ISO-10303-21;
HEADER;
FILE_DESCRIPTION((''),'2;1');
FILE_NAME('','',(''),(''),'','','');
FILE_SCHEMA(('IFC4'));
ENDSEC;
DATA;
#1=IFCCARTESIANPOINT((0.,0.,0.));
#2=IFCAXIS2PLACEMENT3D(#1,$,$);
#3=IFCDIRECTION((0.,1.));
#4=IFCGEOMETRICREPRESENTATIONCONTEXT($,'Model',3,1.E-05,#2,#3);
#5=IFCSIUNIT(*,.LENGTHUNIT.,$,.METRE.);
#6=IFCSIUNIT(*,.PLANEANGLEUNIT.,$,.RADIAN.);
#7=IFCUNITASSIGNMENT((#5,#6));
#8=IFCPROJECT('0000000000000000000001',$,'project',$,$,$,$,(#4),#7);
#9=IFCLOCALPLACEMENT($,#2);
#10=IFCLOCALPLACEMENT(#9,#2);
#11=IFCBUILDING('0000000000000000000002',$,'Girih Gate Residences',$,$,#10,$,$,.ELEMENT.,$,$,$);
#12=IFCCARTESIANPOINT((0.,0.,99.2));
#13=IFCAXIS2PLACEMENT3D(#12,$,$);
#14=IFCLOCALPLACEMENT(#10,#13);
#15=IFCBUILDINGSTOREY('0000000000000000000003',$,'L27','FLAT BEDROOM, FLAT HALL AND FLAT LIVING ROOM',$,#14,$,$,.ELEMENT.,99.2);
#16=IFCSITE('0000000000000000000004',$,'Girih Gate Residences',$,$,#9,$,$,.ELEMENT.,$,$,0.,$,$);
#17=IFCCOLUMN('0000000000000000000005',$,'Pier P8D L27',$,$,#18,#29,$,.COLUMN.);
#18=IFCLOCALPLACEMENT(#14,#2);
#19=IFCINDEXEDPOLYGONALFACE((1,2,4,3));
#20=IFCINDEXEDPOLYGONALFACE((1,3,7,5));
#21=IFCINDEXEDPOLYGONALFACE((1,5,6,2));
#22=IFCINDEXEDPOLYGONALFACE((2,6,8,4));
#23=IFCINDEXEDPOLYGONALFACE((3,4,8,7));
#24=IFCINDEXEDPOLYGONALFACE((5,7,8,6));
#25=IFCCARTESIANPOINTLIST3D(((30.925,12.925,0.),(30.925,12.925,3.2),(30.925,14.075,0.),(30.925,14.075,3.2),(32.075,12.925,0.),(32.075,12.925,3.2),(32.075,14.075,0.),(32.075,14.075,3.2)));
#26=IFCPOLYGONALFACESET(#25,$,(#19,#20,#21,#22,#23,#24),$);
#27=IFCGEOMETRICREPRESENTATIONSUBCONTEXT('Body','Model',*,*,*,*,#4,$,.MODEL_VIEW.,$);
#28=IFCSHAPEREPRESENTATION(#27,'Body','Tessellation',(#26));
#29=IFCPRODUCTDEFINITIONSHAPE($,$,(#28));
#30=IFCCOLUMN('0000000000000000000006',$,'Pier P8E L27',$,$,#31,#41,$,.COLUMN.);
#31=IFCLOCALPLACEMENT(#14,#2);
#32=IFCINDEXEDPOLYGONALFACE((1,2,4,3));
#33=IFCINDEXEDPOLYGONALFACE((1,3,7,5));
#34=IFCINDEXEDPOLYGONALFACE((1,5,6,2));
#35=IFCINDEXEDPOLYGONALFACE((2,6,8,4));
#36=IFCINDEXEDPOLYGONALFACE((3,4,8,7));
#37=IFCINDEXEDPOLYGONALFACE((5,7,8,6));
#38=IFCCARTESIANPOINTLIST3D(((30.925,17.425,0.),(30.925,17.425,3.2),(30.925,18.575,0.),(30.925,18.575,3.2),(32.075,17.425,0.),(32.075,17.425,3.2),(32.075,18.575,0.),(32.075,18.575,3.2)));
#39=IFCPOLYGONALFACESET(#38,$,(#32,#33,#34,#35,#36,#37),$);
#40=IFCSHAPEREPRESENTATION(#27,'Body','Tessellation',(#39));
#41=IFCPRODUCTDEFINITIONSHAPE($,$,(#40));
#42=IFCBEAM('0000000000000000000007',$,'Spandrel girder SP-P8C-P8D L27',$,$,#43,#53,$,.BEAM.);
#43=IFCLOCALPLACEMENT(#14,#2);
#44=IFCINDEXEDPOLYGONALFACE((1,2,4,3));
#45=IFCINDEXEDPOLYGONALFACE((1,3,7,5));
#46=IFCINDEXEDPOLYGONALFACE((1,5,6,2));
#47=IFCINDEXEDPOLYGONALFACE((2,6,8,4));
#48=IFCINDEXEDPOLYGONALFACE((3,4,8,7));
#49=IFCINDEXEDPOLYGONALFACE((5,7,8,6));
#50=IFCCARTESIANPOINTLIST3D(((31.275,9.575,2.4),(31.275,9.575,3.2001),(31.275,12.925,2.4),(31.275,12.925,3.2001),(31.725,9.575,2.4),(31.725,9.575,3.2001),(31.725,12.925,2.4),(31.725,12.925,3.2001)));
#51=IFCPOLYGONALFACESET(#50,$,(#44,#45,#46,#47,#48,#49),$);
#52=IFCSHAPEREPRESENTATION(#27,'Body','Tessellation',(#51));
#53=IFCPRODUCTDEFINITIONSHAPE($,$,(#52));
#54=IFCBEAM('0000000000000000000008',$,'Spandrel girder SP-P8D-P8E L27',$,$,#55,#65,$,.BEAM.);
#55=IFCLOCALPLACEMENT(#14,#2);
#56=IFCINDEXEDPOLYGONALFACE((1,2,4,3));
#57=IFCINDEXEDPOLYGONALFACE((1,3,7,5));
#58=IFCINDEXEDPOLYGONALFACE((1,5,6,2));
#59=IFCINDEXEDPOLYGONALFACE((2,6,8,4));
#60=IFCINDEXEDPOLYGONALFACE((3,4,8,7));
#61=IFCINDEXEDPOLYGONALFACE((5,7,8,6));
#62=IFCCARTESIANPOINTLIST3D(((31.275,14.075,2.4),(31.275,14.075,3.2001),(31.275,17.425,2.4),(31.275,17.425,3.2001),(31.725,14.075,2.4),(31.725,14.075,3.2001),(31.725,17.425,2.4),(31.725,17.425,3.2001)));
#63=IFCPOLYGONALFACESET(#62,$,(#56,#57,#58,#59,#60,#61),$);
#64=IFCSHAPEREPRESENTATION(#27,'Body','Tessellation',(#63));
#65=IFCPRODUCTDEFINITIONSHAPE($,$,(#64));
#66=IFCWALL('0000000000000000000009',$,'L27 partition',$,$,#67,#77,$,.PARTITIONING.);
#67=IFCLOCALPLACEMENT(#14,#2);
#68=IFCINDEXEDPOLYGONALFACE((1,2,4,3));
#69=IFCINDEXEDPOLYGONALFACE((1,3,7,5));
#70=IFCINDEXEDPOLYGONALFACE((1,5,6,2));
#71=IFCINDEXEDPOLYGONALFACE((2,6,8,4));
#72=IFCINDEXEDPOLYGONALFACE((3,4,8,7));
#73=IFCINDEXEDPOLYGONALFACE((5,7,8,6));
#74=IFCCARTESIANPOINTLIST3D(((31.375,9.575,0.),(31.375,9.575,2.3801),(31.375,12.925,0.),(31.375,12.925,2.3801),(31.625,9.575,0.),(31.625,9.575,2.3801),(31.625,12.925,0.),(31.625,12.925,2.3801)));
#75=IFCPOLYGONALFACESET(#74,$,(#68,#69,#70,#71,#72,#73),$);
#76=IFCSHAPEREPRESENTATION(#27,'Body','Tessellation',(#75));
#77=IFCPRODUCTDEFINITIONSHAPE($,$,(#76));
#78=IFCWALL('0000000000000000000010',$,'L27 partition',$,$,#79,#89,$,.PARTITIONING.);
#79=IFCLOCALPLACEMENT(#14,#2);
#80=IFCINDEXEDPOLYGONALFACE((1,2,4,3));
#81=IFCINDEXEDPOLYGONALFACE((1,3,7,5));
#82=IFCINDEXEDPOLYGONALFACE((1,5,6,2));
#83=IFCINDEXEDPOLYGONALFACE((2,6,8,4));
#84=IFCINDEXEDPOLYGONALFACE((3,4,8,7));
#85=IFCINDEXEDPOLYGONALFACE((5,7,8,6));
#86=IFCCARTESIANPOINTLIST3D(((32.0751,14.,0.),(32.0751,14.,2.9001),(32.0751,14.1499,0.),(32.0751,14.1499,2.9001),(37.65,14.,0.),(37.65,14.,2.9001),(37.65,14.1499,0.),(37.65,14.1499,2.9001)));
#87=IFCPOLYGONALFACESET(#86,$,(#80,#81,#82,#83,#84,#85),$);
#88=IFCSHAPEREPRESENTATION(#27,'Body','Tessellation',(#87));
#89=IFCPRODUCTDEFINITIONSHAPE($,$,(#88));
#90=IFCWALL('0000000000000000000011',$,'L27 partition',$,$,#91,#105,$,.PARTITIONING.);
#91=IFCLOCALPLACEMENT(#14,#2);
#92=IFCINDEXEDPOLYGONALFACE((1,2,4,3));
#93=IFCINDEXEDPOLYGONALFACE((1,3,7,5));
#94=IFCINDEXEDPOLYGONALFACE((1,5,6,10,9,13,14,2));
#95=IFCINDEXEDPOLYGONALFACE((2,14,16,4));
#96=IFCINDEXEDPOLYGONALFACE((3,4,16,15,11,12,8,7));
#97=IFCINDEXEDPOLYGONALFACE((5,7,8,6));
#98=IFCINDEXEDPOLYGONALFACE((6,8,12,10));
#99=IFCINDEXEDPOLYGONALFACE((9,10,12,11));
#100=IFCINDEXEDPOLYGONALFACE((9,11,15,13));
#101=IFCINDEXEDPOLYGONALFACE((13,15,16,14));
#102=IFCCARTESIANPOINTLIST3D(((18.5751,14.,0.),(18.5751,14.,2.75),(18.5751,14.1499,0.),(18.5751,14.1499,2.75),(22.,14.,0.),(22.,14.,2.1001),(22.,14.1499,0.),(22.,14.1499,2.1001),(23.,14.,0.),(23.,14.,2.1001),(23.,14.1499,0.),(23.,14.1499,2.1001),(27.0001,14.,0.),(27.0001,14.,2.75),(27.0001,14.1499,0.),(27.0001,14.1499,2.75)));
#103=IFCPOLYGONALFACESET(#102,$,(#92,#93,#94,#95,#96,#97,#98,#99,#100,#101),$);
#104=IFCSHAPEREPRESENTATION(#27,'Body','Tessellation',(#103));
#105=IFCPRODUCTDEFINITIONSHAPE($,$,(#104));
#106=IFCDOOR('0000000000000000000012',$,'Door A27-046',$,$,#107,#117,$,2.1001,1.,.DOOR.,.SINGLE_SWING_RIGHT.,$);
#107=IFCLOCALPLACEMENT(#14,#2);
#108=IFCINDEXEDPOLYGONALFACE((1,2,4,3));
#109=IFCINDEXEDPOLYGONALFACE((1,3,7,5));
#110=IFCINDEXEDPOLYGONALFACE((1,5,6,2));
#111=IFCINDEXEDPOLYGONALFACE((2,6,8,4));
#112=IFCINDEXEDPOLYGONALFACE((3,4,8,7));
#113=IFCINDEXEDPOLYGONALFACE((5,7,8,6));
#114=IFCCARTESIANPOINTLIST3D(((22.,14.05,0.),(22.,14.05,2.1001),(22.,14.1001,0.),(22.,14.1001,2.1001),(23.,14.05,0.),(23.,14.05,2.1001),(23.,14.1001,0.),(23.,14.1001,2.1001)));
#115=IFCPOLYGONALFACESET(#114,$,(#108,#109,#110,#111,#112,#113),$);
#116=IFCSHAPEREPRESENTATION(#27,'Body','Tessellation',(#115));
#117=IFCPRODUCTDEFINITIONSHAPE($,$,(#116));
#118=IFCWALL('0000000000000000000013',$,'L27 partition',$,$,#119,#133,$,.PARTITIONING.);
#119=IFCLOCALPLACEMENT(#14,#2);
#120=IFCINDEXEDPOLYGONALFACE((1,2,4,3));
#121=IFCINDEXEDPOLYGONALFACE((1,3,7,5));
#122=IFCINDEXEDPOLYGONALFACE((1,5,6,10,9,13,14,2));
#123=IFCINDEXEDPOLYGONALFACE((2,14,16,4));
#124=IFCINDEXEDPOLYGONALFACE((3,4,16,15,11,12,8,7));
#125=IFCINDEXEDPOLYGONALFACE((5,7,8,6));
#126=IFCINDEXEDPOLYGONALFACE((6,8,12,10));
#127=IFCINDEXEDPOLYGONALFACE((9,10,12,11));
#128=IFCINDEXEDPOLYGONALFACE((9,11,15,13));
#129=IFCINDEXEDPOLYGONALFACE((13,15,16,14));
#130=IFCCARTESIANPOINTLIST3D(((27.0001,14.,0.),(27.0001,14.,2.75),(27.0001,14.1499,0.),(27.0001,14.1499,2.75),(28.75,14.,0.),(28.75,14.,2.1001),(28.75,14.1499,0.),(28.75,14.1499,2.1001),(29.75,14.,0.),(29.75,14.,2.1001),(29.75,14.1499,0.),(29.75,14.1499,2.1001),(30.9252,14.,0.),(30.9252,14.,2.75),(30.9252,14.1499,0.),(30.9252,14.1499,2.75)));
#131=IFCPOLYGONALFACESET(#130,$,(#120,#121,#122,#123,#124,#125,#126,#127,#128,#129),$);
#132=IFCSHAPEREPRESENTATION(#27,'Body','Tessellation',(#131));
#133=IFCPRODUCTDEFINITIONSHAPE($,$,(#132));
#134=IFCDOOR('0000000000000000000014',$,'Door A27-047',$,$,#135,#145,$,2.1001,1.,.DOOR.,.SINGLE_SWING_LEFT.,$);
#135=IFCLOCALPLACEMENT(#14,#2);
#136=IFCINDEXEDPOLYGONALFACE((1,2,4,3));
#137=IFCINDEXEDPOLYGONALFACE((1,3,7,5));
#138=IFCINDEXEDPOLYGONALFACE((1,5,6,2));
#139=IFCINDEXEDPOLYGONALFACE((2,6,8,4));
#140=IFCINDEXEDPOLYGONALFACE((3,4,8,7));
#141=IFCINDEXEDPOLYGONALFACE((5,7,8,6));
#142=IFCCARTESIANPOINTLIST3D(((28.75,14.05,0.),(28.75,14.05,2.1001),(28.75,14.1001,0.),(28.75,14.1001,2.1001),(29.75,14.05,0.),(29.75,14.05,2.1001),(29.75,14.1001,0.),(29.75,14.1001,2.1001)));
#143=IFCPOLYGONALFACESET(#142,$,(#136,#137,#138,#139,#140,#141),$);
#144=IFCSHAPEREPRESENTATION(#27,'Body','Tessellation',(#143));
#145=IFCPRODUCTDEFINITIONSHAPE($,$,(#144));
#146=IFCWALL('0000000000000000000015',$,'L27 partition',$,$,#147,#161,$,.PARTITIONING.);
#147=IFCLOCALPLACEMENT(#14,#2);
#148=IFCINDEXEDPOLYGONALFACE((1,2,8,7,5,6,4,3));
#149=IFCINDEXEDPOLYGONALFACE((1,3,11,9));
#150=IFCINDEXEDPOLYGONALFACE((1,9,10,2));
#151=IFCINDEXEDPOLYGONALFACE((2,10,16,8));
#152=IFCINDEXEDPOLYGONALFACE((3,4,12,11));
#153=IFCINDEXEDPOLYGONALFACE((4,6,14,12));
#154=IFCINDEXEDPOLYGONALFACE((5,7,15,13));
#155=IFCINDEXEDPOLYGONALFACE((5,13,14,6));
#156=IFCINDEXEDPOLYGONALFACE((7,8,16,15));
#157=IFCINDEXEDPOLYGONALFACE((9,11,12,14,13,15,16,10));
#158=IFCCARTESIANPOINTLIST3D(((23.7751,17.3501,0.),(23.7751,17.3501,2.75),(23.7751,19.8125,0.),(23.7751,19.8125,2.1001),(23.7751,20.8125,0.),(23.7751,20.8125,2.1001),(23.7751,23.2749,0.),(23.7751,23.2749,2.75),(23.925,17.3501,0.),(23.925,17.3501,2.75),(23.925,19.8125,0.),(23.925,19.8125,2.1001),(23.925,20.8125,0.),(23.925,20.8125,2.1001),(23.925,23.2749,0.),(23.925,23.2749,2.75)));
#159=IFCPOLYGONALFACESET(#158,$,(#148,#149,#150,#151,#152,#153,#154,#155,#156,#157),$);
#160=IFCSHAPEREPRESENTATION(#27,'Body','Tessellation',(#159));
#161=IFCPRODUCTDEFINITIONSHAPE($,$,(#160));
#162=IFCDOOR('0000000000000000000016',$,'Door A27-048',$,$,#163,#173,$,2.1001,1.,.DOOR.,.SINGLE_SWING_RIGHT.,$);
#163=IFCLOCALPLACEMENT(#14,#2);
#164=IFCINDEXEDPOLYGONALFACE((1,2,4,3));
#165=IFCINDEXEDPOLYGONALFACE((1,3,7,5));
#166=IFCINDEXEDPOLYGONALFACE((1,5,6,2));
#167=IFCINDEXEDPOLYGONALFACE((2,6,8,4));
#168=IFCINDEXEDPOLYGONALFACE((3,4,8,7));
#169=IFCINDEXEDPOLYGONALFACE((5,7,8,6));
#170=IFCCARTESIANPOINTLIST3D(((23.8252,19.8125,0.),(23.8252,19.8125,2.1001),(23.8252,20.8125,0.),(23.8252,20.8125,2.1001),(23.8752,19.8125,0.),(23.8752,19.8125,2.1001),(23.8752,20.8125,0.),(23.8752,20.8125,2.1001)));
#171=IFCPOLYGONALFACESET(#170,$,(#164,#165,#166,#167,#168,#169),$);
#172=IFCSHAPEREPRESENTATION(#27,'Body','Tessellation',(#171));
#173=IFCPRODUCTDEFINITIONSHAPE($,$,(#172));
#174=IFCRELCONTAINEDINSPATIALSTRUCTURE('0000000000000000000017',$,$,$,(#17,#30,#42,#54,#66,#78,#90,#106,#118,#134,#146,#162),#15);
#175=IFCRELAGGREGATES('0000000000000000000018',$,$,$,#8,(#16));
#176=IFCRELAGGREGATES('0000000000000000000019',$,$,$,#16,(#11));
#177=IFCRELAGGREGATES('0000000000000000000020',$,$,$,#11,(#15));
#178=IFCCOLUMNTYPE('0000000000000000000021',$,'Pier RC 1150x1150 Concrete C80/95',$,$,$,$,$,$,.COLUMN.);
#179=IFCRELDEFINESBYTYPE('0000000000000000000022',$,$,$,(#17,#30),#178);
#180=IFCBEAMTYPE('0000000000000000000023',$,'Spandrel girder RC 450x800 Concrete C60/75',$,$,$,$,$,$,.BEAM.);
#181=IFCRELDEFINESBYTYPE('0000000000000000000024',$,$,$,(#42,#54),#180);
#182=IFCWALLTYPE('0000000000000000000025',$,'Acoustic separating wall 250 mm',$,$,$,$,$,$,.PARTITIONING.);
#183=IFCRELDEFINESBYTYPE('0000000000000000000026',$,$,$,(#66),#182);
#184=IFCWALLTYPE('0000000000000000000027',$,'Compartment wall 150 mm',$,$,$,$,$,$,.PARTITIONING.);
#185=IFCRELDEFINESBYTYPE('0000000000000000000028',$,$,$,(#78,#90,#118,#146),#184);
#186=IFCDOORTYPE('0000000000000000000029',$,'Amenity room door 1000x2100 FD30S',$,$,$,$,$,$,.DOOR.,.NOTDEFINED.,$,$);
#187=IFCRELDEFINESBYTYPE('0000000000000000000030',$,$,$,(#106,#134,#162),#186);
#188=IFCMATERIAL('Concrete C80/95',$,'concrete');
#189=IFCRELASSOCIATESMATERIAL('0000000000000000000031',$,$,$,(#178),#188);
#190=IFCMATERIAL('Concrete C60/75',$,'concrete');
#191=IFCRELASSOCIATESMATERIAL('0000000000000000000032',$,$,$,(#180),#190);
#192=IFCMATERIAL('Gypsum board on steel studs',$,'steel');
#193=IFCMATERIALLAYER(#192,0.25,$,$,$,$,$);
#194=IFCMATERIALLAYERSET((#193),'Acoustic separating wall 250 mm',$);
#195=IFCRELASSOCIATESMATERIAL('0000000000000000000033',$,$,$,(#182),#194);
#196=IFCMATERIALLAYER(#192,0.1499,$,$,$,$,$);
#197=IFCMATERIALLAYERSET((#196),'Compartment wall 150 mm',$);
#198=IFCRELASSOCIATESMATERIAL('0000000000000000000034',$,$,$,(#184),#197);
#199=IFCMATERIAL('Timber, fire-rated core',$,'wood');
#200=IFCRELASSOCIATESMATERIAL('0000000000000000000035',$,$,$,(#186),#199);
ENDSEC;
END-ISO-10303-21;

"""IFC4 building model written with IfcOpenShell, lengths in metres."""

from ifc_helpers import new_model, si_unit, direction, frame, frame_2d, origin, origin_2d, place, context, subcontext, project, spatial, rectangle, extrude, material, layer, layer_set, material_profile, profile_set, type_object, element, fill, save


model = new_model("IFC4")

# Units and contexts
model_context = context("Model", 3, precision=1e-05, world=origin(), true_north=direction((0.0, 1.0)))
body_context = subcontext(model_context, "Body", "Model", "MODEL_VIEW")
ifc_project = project(units=[si_unit("LENGTHUNIT", "METRE"), si_unit("PLANEANGLEUNIT", "RADIAN")], contexts=[model_context])

# Site, building, storey
site_placement = place(None, origin())
site = spatial("IfcSite", under=ifc_project, at=site_placement, Name="Girih Gate Residences", CompositionType="ELEMENT", RefElevation=0.0)
building_placement = place(site_placement, origin())
building = spatial("IfcBuilding", under=site, at=building_placement, Name="Girih Gate Residences", CompositionType="ELEMENT")
storey_placement = place(building_placement, frame((0.0, 0.0, 99.2)))
storey = spatial("IfcBuildingStorey", under=building, at=storey_placement, Name="L27", Description="FLAT BEDROOM, FLAT HALL AND FLAT LIVING ROOM", CompositionType="ELEMENT", Elevation=99.2)

# Columns
ifc_material_1 = material(Name="Concrete C80/95", Category="concrete")
ifc_material_profile_1 = material_profile(ifc_material_1, rectangle(XDim=1.1499, YDim=1.1499, at=origin_2d()))
ifc_profile_set_1 = profile_set([ifc_material_profile_1], Name="Concrete C80/95")
column_type = type_object("IfcColumnType", Name="Pier RC 1150x1150 Concrete C80/95", PredefinedType="COLUMN", material=ifc_profile_set_1)
for number, where, z_axis, x_axis, name in (
    (1, (31.5, 13.5, 0.0), (0.0, 0.0, 1.0), (1.0, 0.0, 0.0), "Pier P8D L27"),
    (2, (31.5, 18.0, 0.0), (0.0, 0.0, 1.0), (1.0, 0.0, 0.0), "Pier P8E L27"),
):
    element("IfcColumn", number, at=place(storey_placement, frame(where, z_axis=z_axis, x_axis=x_axis)), inside=storey, type_object=column_type, Name=name, PredefinedType="COLUMN", context=body_context, shape_type="SweptSolid", body=[
        extrude(rectangle(XDim=1.1499, YDim=1.1499, at=origin_2d()), origin(), (0.0, 0.0, 1.0), 3.2),
    ])

# Beams
ifc_material_2 = material(Name="Concrete C60/75", Category="concrete")
ifc_material_profile_2 = material_profile(ifc_material_2, rectangle(XDim=0.45, YDim=0.8, at=origin_2d()))
ifc_profile_set_2 = profile_set([ifc_material_profile_2], Name="Concrete C60/75")
beam_type = type_object("IfcBeamType", Name="Spandrel girder RC 450x800 Concrete C60/75", PredefinedType="BEAM", material=ifc_profile_set_2)
for number, where, z_axis, x_axis, name in (
    (3, (31.5, 9.575, 2.8), (0.0, 1.0, 0.0), (-1.0, 0.0, 0.0), "Spandrel girder SP-P8C-P8D L27"),
    (4, (31.5, 14.075, 2.8), (0.0, 1.0, 0.0), (-1.0, 0.0, 0.0), "Spandrel girder SP-P8D-P8E L27"),
):
    element("IfcBeam", number, at=place(storey_placement, frame(where, z_axis=z_axis, x_axis=x_axis)), inside=storey, type_object=beam_type, Name=name, PredefinedType="BEAM", context=body_context, shape_type="SweptSolid", body=[
        extrude(rectangle(XDim=0.45, YDim=0.8, at=origin_2d()), origin(), (0.0, 0.0, 1.0), 3.3501),
    ])

# Walls
ifc_material_3 = material(Name="Gypsum board on steel studs", Category="steel")
ifc_layer_1 = layer(ifc_material_3, 0.25)
ifc_layer_set_1 = layer_set([ifc_layer_1], Name="Acoustic separating wall 250 mm")
wall_type_1 = type_object("IfcWallType", Name="Acoustic separating wall 250 mm", PredefinedType="PARTITIONING", material=ifc_layer_set_1)
wall_1_placement = place(storey_placement, frame((31.5, 9.575, 0.0), z_axis=(0.0, 0.0, 1.0), x_axis=(0.0, 1.0, 0.0)))
element("IfcWall", 5, at=wall_1_placement, inside=storey, type_object=wall_type_1, Name="L27 partition", PredefinedType="PARTITIONING", context=body_context, shape_type="SweptSolid", body=[
    extrude(rectangle(XDim=3.3501, YDim=0.25, at=frame_2d((1.675, 0.0))), origin(), (0.0, 0.0, 1.0), 2.3801),
])
ifc_layer_2 = layer(ifc_material_3, 0.1499)
ifc_layer_set_2 = layer_set([ifc_layer_2], Name="Compartment wall 150 mm")
wall_type_2 = type_object("IfcWallType", Name="Compartment wall 150 mm", PredefinedType="PARTITIONING", material=ifc_layer_set_2)
wall_2_placement = place(storey_placement, frame((32.075, 14.075, 0.0), z_axis=(0.0, 0.0, 1.0), x_axis=(1.0, 0.0, 0.0)))
element("IfcWall", 6, at=wall_2_placement, inside=storey, type_object=wall_type_2, Name="L27 partition", PredefinedType="PARTITIONING", context=body_context, shape_type="SweptSolid", body=[
    extrude(rectangle(XDim=5.575, YDim=0.1499, at=frame_2d((2.7876, 0.0))), origin(), (0.0, 0.0, 1.0), 2.9001),
])

# Walls, openings, doors
wall_3_placement = place(storey_placement, frame((27.0, 14.075, 0.0), z_axis=(0.0, 0.0, 1.0), x_axis=(-1.0, 0.0, 0.0)))
wall_3 = element("IfcWall", 7, at=wall_3_placement, inside=storey, type_object=wall_type_2, Name="L27 partition", PredefinedType="PARTITIONING", context=body_context, shape_type="SweptSolid", body=[
    extrude(rectangle(XDim=8.425, YDim=0.1499, at=frame_2d((4.2124, 0.0))), origin(), (0.0, 0.0, 1.0), 2.75),
])
opening_1_placement = place(wall_3_placement, frame((4.0, 0.0, 0.0)))
opening_1 = element("IfcOpeningElement", 8, at=opening_1_placement, cuts=wall_3, PredefinedType="OPENING", context=body_context, shape_type="SweptSolid", body=[
    extrude(rectangle(XDim=1.0, YDim=2.1001, at=frame_2d((0.5, 1.05))), frame((0.0, 0.085, 0.0), z_axis=(0.0, -1.0, 0.0), x_axis=(1.0, 0.0, 0.0)), (0.0, 0.0, 1.0), 0.1699),
])
ifc_material_4 = material(Name="Timber, fire-rated core", Category="wood")
door_type_1 = type_object("IfcDoorType", Name="Amenity room door 1000x2100 FD30S", OperationType="NOTDEFINED", PredefinedType="DOOR", material=ifc_material_4)
door_1_placement = place(opening_1_placement, origin())
door_1 = element("IfcDoor", 9, at=door_1_placement, inside=storey, type_object=door_type_1, Name="Door A27-046", OperationType="SINGLE_SWING_RIGHT", OverallHeight=2.1001, OverallWidth=1.0, PredefinedType="DOOR", context=body_context, shape_type="SweptSolid", body=[
    extrude(rectangle(XDim=1.0, YDim=2.1001, at=frame_2d((0.5, 1.05))), frame((0.0, 0.0249, 0.0), z_axis=(0.0, -1.0, 0.0), x_axis=(1.0, 0.0, 0.0)), (0.0, 0.0, 1.0), 0.05),
])
fill(opening_1, door_1)
wall_4_placement = place(storey_placement, frame((30.925, 14.075, 0.0), z_axis=(0.0, 0.0, 1.0), x_axis=(-1.0, 0.0, 0.0)))
wall_4 = element("IfcWall", 10, at=wall_4_placement, inside=storey, type_object=wall_type_2, Name="L27 partition", PredefinedType="PARTITIONING", context=body_context, shape_type="SweptSolid", body=[
    extrude(rectangle(XDim=3.925, YDim=0.1499, at=frame_2d((1.9624, 0.0))), origin(), (0.0, 0.0, 1.0), 2.75),
])
opening_2_placement = place(wall_4_placement, frame((1.175, 0.0, 0.0)))
opening_2 = element("IfcOpeningElement", 11, at=opening_2_placement, cuts=wall_4, PredefinedType="OPENING", context=body_context, shape_type="SweptSolid", body=[
    extrude(rectangle(XDim=1.0, YDim=2.1001, at=frame_2d((0.5, 1.05))), frame((0.0, 0.085, 0.0), z_axis=(0.0, -1.0, 0.0), x_axis=(1.0, 0.0, 0.0)), (0.0, 0.0, 1.0), 0.1699),
])
door_2_placement = place(opening_2_placement, origin())
door_2 = element("IfcDoor", 12, at=door_2_placement, inside=storey, type_object=door_type_1, Name="Door A27-047", OperationType="SINGLE_SWING_LEFT", OverallHeight=2.1001, OverallWidth=1.0, PredefinedType="DOOR", context=body_context, shape_type="SweptSolid", body=[
    extrude(rectangle(XDim=1.0, YDim=2.1001, at=frame_2d((0.5, 1.05))), frame((0.0, 0.0249, 0.0), z_axis=(0.0, -1.0, 0.0), x_axis=(1.0, 0.0, 0.0)), (0.0, 0.0, 1.0), 0.05),
])
fill(opening_2, door_2)
wall_5_placement = place(storey_placement, frame((23.8501, 17.3501, 0.0), z_axis=(0.0, 0.0, 1.0), x_axis=(0.0, 1.0, 0.0)))
wall_5 = element("IfcWall", 13, at=wall_5_placement, inside=storey, type_object=wall_type_2, Name="L27 partition", PredefinedType="PARTITIONING", context=body_context, shape_type="SweptSolid", body=[
    extrude(rectangle(XDim=5.9248, YDim=0.1499, at=frame_2d((2.9624, 0.0))), origin(), (0.0, 0.0, 1.0), 2.75),
])
opening_3_placement = place(wall_5_placement, frame((2.4624, 0.0, 0.0)))
opening_3 = element("IfcOpeningElement", 14, at=opening_3_placement, cuts=wall_5, PredefinedType="OPENING", context=body_context, shape_type="SweptSolid", body=[
    extrude(rectangle(XDim=1.0, YDim=2.1001, at=frame_2d((0.5, 1.05))), frame((0.0, 0.085, 0.0), z_axis=(0.0, -1.0, 0.0), x_axis=(1.0, 0.0, 0.0)), (0.0, 0.0, 1.0), 0.1699),
])
door_3_placement = place(opening_3_placement, origin())
door_3 = element("IfcDoor", 15, at=door_3_placement, inside=storey, type_object=door_type_1, Name="Door A27-048", OperationType="SINGLE_SWING_RIGHT", OverallHeight=2.1001, OverallWidth=1.0, PredefinedType="DOOR", context=body_context, shape_type="SweptSolid", body=[
    extrude(rectangle(XDim=1.0, YDim=2.1001, at=frame_2d((0.5, 1.05))), frame((0.0, 0.0249, 0.0), z_axis=(0.0, -1.0, 0.0), x_axis=(1.0, 0.0, 0.0)), (0.0, 0.0, 1.0), 0.05),
])
fill(opening_3, door_3)

save(model, "model.ifc")
